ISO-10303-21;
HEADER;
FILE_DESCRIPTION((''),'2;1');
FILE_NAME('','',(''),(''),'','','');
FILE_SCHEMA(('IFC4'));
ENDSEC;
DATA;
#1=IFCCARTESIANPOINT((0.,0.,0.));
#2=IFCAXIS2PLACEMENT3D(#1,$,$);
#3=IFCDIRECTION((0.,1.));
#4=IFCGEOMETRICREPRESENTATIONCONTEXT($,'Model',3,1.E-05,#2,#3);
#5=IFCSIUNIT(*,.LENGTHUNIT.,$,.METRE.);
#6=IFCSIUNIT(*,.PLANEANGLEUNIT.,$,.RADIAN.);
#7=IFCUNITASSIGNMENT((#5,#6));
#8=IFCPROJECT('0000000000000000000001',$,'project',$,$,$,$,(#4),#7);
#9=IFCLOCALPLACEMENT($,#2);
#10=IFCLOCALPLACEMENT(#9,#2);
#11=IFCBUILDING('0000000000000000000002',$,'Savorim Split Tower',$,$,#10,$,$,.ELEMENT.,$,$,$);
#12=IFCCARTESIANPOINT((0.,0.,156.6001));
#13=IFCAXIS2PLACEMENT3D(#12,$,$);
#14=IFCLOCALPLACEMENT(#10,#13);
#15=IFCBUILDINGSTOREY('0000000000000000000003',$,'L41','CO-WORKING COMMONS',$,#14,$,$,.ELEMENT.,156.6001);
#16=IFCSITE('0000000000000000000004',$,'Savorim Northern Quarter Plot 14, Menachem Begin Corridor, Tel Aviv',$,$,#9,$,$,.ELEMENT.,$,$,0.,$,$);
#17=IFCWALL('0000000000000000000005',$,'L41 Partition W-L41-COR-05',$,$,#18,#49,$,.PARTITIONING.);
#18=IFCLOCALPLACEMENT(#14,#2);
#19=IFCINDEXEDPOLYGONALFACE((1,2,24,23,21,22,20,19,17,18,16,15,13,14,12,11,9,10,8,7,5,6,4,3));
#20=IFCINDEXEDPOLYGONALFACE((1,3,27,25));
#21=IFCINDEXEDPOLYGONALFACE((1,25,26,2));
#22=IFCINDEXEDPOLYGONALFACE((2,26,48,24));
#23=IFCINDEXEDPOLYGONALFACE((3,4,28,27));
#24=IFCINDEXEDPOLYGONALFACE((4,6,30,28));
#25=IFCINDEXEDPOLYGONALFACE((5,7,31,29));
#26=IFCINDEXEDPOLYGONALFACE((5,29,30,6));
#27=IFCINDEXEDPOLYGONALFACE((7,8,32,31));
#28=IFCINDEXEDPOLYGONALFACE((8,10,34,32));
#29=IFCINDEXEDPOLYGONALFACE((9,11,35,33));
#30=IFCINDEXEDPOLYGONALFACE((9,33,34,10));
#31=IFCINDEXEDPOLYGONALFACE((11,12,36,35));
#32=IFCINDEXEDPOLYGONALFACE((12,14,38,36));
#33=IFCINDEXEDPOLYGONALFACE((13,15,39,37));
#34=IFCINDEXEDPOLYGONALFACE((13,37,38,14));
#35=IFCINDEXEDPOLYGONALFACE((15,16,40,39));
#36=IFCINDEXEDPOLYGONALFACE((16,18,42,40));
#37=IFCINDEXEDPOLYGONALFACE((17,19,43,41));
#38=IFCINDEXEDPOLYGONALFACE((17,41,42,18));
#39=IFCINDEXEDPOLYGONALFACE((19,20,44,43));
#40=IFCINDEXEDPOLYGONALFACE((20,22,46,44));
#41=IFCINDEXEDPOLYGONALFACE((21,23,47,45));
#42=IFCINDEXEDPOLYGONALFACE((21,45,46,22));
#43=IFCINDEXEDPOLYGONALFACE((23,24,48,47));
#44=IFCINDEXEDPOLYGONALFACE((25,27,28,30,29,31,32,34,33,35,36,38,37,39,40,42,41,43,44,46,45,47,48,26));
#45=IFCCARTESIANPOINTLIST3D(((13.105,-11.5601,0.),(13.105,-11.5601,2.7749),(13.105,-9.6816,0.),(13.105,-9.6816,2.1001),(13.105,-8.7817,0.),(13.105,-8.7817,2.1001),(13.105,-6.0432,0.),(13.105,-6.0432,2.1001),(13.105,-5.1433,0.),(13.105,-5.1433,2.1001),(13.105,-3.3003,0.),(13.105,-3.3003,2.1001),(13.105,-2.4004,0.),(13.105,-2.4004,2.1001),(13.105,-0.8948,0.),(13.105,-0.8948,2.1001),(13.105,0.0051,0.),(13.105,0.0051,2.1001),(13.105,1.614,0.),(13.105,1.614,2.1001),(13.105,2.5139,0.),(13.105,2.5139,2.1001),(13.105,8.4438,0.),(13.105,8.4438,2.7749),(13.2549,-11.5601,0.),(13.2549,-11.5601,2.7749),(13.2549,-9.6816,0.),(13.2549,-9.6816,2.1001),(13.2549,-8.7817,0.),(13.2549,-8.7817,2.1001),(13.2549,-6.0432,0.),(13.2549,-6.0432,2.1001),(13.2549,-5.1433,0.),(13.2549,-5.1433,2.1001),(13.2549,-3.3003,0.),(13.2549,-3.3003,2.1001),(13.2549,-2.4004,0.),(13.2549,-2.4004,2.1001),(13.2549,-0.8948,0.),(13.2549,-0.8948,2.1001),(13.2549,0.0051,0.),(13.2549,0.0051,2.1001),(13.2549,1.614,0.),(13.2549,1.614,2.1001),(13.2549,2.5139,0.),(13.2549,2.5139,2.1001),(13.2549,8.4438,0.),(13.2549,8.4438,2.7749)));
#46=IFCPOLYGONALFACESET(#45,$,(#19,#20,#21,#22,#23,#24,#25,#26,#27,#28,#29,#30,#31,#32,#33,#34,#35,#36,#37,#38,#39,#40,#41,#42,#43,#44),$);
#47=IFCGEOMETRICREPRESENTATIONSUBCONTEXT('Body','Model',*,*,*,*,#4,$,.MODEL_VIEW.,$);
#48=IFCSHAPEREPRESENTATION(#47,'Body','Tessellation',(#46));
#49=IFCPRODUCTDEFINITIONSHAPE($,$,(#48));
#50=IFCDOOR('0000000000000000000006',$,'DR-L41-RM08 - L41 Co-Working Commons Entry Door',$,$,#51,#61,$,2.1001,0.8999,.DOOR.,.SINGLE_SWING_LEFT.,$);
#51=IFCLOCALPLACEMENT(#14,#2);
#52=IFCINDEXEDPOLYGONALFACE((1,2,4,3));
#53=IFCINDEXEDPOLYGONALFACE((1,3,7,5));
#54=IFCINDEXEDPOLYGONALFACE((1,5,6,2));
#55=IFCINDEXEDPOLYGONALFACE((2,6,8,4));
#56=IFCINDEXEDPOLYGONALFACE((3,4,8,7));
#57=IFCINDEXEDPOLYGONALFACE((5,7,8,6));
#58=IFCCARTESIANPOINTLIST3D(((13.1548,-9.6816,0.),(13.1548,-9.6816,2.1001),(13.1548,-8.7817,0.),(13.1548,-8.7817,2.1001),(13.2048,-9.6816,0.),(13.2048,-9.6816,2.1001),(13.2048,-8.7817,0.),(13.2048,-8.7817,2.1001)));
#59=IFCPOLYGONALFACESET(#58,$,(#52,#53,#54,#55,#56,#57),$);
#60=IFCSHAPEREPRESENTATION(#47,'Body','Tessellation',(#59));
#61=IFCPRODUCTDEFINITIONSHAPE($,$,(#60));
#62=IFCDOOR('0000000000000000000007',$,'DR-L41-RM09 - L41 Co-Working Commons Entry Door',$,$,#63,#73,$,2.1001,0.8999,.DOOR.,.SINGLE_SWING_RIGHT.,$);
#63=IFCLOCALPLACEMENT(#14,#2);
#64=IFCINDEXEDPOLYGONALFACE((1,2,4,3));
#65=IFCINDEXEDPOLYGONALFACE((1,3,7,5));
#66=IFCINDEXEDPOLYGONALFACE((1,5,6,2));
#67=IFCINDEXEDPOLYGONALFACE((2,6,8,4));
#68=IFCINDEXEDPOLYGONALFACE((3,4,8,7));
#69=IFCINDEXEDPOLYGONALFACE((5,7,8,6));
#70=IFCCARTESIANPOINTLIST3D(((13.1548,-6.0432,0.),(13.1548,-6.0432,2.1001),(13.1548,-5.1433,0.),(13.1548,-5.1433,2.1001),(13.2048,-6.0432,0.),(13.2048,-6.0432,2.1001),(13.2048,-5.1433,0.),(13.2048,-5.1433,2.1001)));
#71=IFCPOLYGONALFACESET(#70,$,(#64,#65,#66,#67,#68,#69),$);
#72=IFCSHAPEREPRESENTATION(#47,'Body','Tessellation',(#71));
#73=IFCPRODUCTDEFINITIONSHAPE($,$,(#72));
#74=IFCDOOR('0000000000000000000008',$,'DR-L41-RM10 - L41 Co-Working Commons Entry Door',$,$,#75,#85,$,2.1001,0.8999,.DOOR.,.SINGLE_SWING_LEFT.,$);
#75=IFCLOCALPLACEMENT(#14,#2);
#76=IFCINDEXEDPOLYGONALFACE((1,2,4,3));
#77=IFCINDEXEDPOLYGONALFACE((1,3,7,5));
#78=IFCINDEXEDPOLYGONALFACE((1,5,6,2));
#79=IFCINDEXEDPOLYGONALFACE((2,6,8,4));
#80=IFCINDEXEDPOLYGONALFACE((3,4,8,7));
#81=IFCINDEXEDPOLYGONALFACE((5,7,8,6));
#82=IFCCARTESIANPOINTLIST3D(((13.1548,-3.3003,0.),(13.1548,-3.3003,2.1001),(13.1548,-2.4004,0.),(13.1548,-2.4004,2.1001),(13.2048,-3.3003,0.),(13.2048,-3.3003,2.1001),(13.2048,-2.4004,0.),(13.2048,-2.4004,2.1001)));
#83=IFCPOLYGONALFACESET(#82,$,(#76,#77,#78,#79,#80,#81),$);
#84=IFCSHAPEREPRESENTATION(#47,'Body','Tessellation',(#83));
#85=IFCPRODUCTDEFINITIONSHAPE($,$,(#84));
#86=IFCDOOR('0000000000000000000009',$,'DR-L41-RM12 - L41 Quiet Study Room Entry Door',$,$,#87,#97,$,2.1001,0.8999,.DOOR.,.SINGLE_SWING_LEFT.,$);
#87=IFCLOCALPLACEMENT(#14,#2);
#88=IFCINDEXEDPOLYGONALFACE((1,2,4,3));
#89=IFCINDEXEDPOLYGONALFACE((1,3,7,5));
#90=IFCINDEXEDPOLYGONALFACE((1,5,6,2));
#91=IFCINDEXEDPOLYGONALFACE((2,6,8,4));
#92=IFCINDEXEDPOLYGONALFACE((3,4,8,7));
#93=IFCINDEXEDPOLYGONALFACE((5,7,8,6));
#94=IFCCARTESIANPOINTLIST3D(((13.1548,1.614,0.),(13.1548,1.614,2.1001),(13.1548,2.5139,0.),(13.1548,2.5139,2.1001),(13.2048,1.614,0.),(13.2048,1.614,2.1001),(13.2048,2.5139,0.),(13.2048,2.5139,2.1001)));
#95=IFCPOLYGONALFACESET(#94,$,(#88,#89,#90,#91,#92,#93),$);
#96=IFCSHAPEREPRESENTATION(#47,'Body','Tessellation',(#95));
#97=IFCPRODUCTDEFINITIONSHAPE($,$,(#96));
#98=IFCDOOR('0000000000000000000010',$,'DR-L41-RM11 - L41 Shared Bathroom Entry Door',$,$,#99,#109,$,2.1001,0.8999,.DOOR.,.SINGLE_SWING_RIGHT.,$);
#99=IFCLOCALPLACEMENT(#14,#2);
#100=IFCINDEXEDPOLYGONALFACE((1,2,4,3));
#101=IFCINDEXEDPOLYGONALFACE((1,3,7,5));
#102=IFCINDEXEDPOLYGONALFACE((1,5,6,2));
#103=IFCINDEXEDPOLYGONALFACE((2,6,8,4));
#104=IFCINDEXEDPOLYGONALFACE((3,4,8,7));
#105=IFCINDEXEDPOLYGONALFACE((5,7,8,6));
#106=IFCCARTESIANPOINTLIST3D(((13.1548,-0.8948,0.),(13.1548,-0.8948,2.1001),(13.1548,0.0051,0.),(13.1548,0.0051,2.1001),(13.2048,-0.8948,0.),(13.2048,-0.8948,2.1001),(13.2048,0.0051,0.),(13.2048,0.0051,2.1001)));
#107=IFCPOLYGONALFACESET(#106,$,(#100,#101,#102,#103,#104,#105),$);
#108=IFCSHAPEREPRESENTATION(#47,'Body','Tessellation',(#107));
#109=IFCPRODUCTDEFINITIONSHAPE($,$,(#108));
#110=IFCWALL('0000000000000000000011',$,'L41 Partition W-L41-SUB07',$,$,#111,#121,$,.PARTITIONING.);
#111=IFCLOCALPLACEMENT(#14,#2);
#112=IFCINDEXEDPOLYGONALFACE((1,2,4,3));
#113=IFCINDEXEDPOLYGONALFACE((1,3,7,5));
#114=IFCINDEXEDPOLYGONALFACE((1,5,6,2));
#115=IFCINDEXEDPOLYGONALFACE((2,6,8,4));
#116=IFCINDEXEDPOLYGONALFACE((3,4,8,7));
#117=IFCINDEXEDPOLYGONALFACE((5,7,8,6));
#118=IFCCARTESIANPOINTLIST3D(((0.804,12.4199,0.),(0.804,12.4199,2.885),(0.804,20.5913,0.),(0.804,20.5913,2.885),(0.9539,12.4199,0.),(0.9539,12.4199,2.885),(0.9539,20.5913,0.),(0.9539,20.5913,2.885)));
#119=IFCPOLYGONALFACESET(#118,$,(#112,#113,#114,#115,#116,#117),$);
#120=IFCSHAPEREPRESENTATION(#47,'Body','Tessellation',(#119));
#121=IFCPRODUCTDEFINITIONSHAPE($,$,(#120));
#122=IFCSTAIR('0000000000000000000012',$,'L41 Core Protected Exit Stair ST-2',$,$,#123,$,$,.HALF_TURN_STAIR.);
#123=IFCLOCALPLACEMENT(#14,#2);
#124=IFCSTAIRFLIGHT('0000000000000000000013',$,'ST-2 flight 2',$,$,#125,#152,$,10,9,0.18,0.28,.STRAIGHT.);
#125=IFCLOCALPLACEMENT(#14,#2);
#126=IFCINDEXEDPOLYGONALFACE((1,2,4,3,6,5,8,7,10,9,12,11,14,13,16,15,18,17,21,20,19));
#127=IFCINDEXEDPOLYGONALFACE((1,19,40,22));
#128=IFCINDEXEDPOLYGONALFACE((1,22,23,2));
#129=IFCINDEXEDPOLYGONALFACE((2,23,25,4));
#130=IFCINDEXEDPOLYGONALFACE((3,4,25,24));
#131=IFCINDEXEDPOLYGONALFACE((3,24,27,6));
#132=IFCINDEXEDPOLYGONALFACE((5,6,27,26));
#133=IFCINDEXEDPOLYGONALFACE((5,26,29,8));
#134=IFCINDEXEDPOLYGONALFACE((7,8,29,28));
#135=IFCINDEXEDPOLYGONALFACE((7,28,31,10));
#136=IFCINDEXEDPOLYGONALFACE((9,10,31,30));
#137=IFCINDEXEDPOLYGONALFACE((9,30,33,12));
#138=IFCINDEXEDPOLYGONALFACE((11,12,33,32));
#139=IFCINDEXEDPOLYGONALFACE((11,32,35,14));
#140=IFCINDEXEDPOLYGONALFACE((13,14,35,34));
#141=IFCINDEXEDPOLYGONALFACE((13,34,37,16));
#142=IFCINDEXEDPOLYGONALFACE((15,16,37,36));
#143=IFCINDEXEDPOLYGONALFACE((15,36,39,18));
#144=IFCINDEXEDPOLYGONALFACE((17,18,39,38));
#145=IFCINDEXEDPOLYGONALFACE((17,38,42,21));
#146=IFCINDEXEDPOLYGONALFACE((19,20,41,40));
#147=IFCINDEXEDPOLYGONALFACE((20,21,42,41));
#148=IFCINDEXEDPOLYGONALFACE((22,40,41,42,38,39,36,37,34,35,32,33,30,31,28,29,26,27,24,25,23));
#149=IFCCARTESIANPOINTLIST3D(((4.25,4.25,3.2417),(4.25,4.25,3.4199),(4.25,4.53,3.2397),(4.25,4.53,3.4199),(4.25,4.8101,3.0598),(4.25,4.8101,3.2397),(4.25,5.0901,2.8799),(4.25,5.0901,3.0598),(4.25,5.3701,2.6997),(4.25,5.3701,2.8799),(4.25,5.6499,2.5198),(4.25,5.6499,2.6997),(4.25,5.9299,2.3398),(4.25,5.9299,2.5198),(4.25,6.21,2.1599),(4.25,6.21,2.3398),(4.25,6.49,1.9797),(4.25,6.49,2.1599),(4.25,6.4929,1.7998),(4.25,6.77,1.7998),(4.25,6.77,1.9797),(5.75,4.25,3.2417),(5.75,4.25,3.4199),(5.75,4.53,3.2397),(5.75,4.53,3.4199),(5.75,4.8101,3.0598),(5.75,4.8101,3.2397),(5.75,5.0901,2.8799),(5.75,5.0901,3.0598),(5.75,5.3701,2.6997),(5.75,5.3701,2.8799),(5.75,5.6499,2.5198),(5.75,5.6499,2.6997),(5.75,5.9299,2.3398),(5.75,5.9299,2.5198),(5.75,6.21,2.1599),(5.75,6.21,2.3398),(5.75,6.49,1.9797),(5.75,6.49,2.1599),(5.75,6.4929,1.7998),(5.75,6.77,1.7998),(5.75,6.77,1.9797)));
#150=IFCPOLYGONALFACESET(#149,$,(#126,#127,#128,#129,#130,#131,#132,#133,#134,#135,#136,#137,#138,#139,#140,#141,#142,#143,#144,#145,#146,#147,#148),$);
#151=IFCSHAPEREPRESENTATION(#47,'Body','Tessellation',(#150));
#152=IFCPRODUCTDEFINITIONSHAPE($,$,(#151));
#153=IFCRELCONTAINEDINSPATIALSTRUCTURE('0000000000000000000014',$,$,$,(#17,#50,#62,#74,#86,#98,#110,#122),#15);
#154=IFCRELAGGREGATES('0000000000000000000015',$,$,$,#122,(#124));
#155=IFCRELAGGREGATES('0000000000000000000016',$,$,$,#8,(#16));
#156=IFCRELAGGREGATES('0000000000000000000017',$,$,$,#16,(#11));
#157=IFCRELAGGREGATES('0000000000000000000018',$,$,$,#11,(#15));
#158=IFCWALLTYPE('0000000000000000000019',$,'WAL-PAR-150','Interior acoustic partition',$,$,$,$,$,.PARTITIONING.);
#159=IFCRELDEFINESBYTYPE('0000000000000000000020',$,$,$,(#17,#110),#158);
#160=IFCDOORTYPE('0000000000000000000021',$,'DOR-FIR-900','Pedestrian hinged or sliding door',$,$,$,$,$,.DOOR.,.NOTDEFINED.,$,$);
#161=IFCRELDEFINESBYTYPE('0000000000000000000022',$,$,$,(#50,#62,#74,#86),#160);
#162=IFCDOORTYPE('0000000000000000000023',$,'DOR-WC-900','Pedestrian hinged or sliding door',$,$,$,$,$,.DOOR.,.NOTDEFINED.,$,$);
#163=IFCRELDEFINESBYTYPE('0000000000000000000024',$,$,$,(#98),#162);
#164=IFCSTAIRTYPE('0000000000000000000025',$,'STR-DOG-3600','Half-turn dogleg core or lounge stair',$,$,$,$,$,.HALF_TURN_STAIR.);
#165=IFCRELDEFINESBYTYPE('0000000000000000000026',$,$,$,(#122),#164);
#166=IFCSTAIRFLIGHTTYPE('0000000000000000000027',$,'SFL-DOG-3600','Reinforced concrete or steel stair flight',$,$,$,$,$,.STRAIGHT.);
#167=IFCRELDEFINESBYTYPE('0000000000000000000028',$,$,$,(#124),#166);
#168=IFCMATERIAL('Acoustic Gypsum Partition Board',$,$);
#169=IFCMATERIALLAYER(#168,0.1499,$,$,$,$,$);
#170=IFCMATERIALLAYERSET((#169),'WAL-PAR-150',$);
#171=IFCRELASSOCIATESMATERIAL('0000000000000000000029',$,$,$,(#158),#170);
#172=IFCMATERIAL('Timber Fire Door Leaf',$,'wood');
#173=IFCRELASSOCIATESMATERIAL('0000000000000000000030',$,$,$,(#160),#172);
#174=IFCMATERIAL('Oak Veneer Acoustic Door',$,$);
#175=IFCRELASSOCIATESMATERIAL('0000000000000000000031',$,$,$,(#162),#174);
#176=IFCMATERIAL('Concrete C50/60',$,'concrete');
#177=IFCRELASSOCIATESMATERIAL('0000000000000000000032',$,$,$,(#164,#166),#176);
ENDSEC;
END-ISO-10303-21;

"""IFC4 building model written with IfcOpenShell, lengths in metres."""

from ifc_helpers import new_model, si_unit, direction, frame, frame_2d, origin, place, context, subcontext, project, spatial, polyline, rectangle, outline, extrude, material, layer, layer_set, type_object, element, fill, aggregate, save


model = new_model("IFC4")

# Units and contexts
model_context = context("Model", 3, precision=1e-05, world=origin(), true_north=direction((0.0, 1.0)))
body_context = subcontext(model_context, "Body", "Model", "MODEL_VIEW")
ifc_project = project(units=[si_unit("LENGTHUNIT", "METRE"), si_unit("PLANEANGLEUNIT", "RADIAN")], contexts=[model_context])

# Site, building, storey
site_placement = place(None, origin())
site = spatial("IfcSite", under=ifc_project, at=site_placement, Name="Savorim Northern Quarter Plot 14, Menachem Begin Corridor, Tel Aviv", CompositionType="ELEMENT", RefElevation=0.0)
building_placement = place(site_placement, origin())
building = spatial("IfcBuilding", under=site, at=building_placement, Name="Savorim Split Tower", CompositionType="ELEMENT")
storey_placement = place(building_placement, frame((0.0, 0.0, 156.6001)))
storey = spatial("IfcBuildingStorey", under=building, at=storey_placement, Name="L41", Description="CO-WORKING COMMONS", CompositionType="ELEMENT", Elevation=156.6001)

# Shared definitions
ifc_material_1 = material(Name="Timber Fire Door Leaf", Category="wood")

# Shared definitions
ifc_material_2 = material(Name="Acoustic Gypsum Partition Board")
ifc_layer_1 = layer(ifc_material_2, 0.1499)
ifc_layer_set_1 = layer_set([ifc_layer_1], Name="WAL-PAR-150")
wall_type_1 = type_object("IfcWallType", Name="WAL-PAR-150", Description="Interior acoustic partition", PredefinedType="PARTITIONING", material=ifc_layer_set_1)
door_type_1 = type_object("IfcDoorType", Name="DOR-FIR-900", Description="Pedestrian hinged or sliding door", OperationType="NOTDEFINED", PredefinedType="DOOR", material=ifc_material_1)

# Wall, openings, doors
wall_1_placement = place(storey_placement, frame((13.1799, 8.4438, 0.0), z_axis=(0.0, 0.0, 1.0), x_axis=(0.0, -1.0, 0.0)))
wall_1 = element("IfcWall", 1, at=wall_1_placement, inside=storey, type_object=wall_type_1, Name="L41 Partition W-L41-COR-05", PredefinedType="PARTITIONING", context=body_context, shape_type="SweptSolid", body=[
    extrude(rectangle(XDim=20.0039, YDim=0.1499, at=frame_2d((10.002, 0.0))), origin(), (0.0, 0.0, 1.0), 2.7749),
])
opening_1_placement = place(wall_1_placement, frame((17.2256, 0.0, 0.0)))
opening_1 = element("IfcOpeningElement", 2, at=opening_1_placement, cuts=wall_1, PredefinedType="OPENING", context=body_context, shape_type="SweptSolid", body=[
    extrude(rectangle(XDim=0.8999, YDim=2.1001, at=frame_2d((0.45, 1.05))), frame((0.0, 0.085, 0.0), z_axis=(0.0, -1.0, 0.0), x_axis=(1.0, 0.0, 0.0)), (0.0, 0.0, 1.0), 0.1699),
])
opening_2_placement = place(wall_1_placement, frame((13.5872, 0.0, 0.0)))
opening_2 = element("IfcOpeningElement", 3, at=opening_2_placement, cuts=wall_1, PredefinedType="OPENING", context=body_context, shape_type="SweptSolid", body=[
    extrude(rectangle(XDim=0.8999, YDim=2.1001, at=frame_2d((0.45, 1.05))), frame((0.0, 0.085, 0.0), z_axis=(0.0, -1.0, 0.0), x_axis=(1.0, 0.0, 0.0)), (0.0, 0.0, 1.0), 0.1699),
])
opening_3_placement = place(wall_1_placement, frame((10.8442, 0.0, 0.0)))
opening_3 = element("IfcOpeningElement", 4, at=opening_3_placement, cuts=wall_1, PredefinedType="OPENING", context=body_context, shape_type="SweptSolid", body=[
    extrude(rectangle(XDim=0.8999, YDim=2.1001, at=frame_2d((0.45, 1.05))), frame((0.0, 0.085, 0.0), z_axis=(0.0, -1.0, 0.0), x_axis=(1.0, 0.0, 0.0)), (0.0, 0.0, 1.0), 0.1699),
])
opening_4_placement = place(wall_1_placement, frame((8.4387, 0.0, 0.0)))
opening_4 = element("IfcOpeningElement", 5, at=opening_4_placement, cuts=wall_1, PredefinedType="OPENING", context=body_context, shape_type="SweptSolid", body=[
    extrude(rectangle(XDim=0.8999, YDim=2.1001, at=frame_2d((0.45, 1.05))), frame((0.0, 0.085, 0.0), z_axis=(0.0, -1.0, 0.0), x_axis=(1.0, 0.0, 0.0)), (0.0, 0.0, 1.0), 0.1699),
])
opening_5_placement = place(wall_1_placement, frame((5.9299, 0.0, 0.0)))
opening_5 = element("IfcOpeningElement", 6, at=opening_5_placement, cuts=wall_1, PredefinedType="OPENING", context=body_context, shape_type="SweptSolid", body=[
    extrude(rectangle(XDim=0.8999, YDim=2.1001, at=frame_2d((0.45, 1.05))), frame((0.0, 0.085, 0.0), z_axis=(0.0, -1.0, 0.0), x_axis=(1.0, 0.0, 0.0)), (0.0, 0.0, 1.0), 0.1699),
])
door_1_placement = place(opening_1_placement, origin())
door_1 = element("IfcDoor", 7, at=door_1_placement, inside=storey, type_object=door_type_1, Name="DR-L41-RM08 - L41 Co-Working Commons Entry Door", OperationType="SINGLE_SWING_LEFT", OverallHeight=2.1001, OverallWidth=0.8999, PredefinedType="DOOR", context=body_context, shape_type="SweptSolid", body=[
    extrude(rectangle(XDim=0.8999, YDim=2.1001, at=frame_2d((0.45, 1.05))), frame((0.0, 0.0249, 0.0), z_axis=(0.0, -1.0, 0.0), x_axis=(1.0, 0.0, 0.0)), (0.0, 0.0, 1.0), 0.05),
])
fill(opening_1, door_1)
door_2_placement = place(opening_2_placement, origin())
door_2 = element("IfcDoor", 8, at=door_2_placement, inside=storey, type_object=door_type_1, Name="DR-L41-RM09 - L41 Co-Working Commons Entry Door", OperationType="SINGLE_SWING_RIGHT", OverallHeight=2.1001, OverallWidth=0.8999, PredefinedType="DOOR", context=body_context, shape_type="SweptSolid", body=[
    extrude(rectangle(XDim=0.8999, YDim=2.1001, at=frame_2d((0.45, 1.05))), frame((0.0, 0.0249, 0.0), z_axis=(0.0, -1.0, 0.0), x_axis=(1.0, 0.0, 0.0)), (0.0, 0.0, 1.0), 0.05),
])
fill(opening_2, door_2)
door_3_placement = place(opening_3_placement, origin())
door_3 = element("IfcDoor", 9, at=door_3_placement, inside=storey, type_object=door_type_1, Name="DR-L41-RM10 - L41 Co-Working Commons Entry Door", OperationType="SINGLE_SWING_LEFT", OverallHeight=2.1001, OverallWidth=0.8999, PredefinedType="DOOR", context=body_context, shape_type="SweptSolid", body=[
    extrude(rectangle(XDim=0.8999, YDim=2.1001, at=frame_2d((0.45, 1.05))), frame((0.0, 0.0249, 0.0), z_axis=(0.0, -1.0, 0.0), x_axis=(1.0, 0.0, 0.0)), (0.0, 0.0, 1.0), 0.05),
])
fill(opening_3, door_3)
door_4_placement = place(opening_5_placement, origin())
door_4 = element("IfcDoor", 10, at=door_4_placement, inside=storey, type_object=door_type_1, Name="DR-L41-RM12 - L41 Quiet Study Room Entry Door", OperationType="SINGLE_SWING_LEFT", OverallHeight=2.1001, OverallWidth=0.8999, PredefinedType="DOOR", context=body_context, shape_type="SweptSolid", body=[
    extrude(rectangle(XDim=0.8999, YDim=2.1001, at=frame_2d((0.45, 1.05))), frame((0.0, 0.0249, 0.0), z_axis=(0.0, -1.0, 0.0), x_axis=(1.0, 0.0, 0.0)), (0.0, 0.0, 1.0), 0.05),
])
fill(opening_5, door_4)
ifc_material_3 = material(Name="Oak Veneer Acoustic Door")
door_type_2 = type_object("IfcDoorType", Name="DOR-WC-900", Description="Pedestrian hinged or sliding door", OperationType="NOTDEFINED", PredefinedType="DOOR", material=ifc_material_3)
door_5_placement = place(opening_4_placement, origin())
door_5 = element("IfcDoor", 11, at=door_5_placement, inside=storey, type_object=door_type_2, Name="DR-L41-RM11 - L41 Shared Bathroom Entry Door", OperationType="SINGLE_SWING_RIGHT", OverallHeight=2.1001, OverallWidth=0.8999, PredefinedType="DOOR", context=body_context, shape_type="SweptSolid", body=[
    extrude(rectangle(XDim=0.8999, YDim=2.1001, at=frame_2d((0.45, 1.05))), frame((0.0, 0.0249, 0.0), z_axis=(0.0, -1.0, 0.0), x_axis=(1.0, 0.0, 0.0)), (0.0, 0.0, 1.0), 0.05),
])
fill(opening_4, door_5)

# Wall
wall_2_placement = place(storey_placement, frame((0.8789, 12.4199, 0.0), z_axis=(0.0, 0.0, 1.0), x_axis=(0.0, 1.0, 0.0)))
element("IfcWall", 12, at=wall_2_placement, inside=storey, type_object=wall_type_1, Name="L41 Partition W-L41-SUB07", PredefinedType="PARTITIONING", context=body_context, shape_type="SweptSolid", body=[
    extrude(rectangle(XDim=8.1714, YDim=0.1499, at=frame_2d((4.0857, 0.0))), origin(), (0.0, 0.0, 1.0), 2.885),
])

# Stair, stair flight
ifc_material_4 = material(Name="Concrete C50/60", Category="concrete")
stair_type = type_object("IfcStairType", Name="STR-DOG-3600", Description="Half-turn dogleg core or lounge stair", PredefinedType="HALF_TURN_STAIR", material=ifc_material_4)
stair_placement = place(storey_placement, origin())
stair = element("IfcStair", 13, at=stair_placement, inside=storey, type_object=stair_type, Name="L41 Core Protected Exit Stair ST-2", PredefinedType="HALF_TURN_STAIR")
stair_flight_type = type_object("IfcStairFlightType", Name="SFL-DOG-3600", Description="Reinforced concrete or steel stair flight", PredefinedType="STRAIGHT", material=ifc_material_4)
stair_flight_placement = place(storey_placement, frame((5.0, 6.77, 1.7998), z_axis=(0.0, 0.0, 1.0), x_axis=(0.0, -1.0, 0.0)))
stair_flight = element("IfcStairFlight", 14, at=stair_flight_placement, type_object=stair_flight_type, Name="ST-2 flight 2", NumberOfRisers=10, NumberOfTreads=9, PredefinedType="STRAIGHT", RiserHeight=0.18, TreadLength=0.28, context=body_context, shape_type="SweptSolid", body=[
    extrude(outline(polyline([(0.0, 0.0), (0.0, 0.1799), (0.28, 0.1799), (0.28, 0.3601), (0.5601, 0.3601), (0.5601, 0.54), (0.8401, 0.54), (0.8401, 0.72), (1.1201, 0.72), (1.1201, 0.8999), (1.3999, 0.8999), (1.3999, 1.0801), (1.6799, 1.0801), (1.6799, 1.26), (1.96, 1.26), (1.96, 1.4399), (2.24, 1.4399), (2.24, 1.6201), (2.52, 1.6201), (2.52, 1.8), (2.52, 1.4419), (0.2771, 0.0), (0.0, 0.0)])), frame((0.0, 0.75, 0.0), z_axis=(0.0, -1.0, 0.0), x_axis=(1.0, 0.0, 0.0)), (0.0, 0.0, 1.0), 1.5),
])
aggregate(stair, [stair_flight])

save(model, "model.ifc")
